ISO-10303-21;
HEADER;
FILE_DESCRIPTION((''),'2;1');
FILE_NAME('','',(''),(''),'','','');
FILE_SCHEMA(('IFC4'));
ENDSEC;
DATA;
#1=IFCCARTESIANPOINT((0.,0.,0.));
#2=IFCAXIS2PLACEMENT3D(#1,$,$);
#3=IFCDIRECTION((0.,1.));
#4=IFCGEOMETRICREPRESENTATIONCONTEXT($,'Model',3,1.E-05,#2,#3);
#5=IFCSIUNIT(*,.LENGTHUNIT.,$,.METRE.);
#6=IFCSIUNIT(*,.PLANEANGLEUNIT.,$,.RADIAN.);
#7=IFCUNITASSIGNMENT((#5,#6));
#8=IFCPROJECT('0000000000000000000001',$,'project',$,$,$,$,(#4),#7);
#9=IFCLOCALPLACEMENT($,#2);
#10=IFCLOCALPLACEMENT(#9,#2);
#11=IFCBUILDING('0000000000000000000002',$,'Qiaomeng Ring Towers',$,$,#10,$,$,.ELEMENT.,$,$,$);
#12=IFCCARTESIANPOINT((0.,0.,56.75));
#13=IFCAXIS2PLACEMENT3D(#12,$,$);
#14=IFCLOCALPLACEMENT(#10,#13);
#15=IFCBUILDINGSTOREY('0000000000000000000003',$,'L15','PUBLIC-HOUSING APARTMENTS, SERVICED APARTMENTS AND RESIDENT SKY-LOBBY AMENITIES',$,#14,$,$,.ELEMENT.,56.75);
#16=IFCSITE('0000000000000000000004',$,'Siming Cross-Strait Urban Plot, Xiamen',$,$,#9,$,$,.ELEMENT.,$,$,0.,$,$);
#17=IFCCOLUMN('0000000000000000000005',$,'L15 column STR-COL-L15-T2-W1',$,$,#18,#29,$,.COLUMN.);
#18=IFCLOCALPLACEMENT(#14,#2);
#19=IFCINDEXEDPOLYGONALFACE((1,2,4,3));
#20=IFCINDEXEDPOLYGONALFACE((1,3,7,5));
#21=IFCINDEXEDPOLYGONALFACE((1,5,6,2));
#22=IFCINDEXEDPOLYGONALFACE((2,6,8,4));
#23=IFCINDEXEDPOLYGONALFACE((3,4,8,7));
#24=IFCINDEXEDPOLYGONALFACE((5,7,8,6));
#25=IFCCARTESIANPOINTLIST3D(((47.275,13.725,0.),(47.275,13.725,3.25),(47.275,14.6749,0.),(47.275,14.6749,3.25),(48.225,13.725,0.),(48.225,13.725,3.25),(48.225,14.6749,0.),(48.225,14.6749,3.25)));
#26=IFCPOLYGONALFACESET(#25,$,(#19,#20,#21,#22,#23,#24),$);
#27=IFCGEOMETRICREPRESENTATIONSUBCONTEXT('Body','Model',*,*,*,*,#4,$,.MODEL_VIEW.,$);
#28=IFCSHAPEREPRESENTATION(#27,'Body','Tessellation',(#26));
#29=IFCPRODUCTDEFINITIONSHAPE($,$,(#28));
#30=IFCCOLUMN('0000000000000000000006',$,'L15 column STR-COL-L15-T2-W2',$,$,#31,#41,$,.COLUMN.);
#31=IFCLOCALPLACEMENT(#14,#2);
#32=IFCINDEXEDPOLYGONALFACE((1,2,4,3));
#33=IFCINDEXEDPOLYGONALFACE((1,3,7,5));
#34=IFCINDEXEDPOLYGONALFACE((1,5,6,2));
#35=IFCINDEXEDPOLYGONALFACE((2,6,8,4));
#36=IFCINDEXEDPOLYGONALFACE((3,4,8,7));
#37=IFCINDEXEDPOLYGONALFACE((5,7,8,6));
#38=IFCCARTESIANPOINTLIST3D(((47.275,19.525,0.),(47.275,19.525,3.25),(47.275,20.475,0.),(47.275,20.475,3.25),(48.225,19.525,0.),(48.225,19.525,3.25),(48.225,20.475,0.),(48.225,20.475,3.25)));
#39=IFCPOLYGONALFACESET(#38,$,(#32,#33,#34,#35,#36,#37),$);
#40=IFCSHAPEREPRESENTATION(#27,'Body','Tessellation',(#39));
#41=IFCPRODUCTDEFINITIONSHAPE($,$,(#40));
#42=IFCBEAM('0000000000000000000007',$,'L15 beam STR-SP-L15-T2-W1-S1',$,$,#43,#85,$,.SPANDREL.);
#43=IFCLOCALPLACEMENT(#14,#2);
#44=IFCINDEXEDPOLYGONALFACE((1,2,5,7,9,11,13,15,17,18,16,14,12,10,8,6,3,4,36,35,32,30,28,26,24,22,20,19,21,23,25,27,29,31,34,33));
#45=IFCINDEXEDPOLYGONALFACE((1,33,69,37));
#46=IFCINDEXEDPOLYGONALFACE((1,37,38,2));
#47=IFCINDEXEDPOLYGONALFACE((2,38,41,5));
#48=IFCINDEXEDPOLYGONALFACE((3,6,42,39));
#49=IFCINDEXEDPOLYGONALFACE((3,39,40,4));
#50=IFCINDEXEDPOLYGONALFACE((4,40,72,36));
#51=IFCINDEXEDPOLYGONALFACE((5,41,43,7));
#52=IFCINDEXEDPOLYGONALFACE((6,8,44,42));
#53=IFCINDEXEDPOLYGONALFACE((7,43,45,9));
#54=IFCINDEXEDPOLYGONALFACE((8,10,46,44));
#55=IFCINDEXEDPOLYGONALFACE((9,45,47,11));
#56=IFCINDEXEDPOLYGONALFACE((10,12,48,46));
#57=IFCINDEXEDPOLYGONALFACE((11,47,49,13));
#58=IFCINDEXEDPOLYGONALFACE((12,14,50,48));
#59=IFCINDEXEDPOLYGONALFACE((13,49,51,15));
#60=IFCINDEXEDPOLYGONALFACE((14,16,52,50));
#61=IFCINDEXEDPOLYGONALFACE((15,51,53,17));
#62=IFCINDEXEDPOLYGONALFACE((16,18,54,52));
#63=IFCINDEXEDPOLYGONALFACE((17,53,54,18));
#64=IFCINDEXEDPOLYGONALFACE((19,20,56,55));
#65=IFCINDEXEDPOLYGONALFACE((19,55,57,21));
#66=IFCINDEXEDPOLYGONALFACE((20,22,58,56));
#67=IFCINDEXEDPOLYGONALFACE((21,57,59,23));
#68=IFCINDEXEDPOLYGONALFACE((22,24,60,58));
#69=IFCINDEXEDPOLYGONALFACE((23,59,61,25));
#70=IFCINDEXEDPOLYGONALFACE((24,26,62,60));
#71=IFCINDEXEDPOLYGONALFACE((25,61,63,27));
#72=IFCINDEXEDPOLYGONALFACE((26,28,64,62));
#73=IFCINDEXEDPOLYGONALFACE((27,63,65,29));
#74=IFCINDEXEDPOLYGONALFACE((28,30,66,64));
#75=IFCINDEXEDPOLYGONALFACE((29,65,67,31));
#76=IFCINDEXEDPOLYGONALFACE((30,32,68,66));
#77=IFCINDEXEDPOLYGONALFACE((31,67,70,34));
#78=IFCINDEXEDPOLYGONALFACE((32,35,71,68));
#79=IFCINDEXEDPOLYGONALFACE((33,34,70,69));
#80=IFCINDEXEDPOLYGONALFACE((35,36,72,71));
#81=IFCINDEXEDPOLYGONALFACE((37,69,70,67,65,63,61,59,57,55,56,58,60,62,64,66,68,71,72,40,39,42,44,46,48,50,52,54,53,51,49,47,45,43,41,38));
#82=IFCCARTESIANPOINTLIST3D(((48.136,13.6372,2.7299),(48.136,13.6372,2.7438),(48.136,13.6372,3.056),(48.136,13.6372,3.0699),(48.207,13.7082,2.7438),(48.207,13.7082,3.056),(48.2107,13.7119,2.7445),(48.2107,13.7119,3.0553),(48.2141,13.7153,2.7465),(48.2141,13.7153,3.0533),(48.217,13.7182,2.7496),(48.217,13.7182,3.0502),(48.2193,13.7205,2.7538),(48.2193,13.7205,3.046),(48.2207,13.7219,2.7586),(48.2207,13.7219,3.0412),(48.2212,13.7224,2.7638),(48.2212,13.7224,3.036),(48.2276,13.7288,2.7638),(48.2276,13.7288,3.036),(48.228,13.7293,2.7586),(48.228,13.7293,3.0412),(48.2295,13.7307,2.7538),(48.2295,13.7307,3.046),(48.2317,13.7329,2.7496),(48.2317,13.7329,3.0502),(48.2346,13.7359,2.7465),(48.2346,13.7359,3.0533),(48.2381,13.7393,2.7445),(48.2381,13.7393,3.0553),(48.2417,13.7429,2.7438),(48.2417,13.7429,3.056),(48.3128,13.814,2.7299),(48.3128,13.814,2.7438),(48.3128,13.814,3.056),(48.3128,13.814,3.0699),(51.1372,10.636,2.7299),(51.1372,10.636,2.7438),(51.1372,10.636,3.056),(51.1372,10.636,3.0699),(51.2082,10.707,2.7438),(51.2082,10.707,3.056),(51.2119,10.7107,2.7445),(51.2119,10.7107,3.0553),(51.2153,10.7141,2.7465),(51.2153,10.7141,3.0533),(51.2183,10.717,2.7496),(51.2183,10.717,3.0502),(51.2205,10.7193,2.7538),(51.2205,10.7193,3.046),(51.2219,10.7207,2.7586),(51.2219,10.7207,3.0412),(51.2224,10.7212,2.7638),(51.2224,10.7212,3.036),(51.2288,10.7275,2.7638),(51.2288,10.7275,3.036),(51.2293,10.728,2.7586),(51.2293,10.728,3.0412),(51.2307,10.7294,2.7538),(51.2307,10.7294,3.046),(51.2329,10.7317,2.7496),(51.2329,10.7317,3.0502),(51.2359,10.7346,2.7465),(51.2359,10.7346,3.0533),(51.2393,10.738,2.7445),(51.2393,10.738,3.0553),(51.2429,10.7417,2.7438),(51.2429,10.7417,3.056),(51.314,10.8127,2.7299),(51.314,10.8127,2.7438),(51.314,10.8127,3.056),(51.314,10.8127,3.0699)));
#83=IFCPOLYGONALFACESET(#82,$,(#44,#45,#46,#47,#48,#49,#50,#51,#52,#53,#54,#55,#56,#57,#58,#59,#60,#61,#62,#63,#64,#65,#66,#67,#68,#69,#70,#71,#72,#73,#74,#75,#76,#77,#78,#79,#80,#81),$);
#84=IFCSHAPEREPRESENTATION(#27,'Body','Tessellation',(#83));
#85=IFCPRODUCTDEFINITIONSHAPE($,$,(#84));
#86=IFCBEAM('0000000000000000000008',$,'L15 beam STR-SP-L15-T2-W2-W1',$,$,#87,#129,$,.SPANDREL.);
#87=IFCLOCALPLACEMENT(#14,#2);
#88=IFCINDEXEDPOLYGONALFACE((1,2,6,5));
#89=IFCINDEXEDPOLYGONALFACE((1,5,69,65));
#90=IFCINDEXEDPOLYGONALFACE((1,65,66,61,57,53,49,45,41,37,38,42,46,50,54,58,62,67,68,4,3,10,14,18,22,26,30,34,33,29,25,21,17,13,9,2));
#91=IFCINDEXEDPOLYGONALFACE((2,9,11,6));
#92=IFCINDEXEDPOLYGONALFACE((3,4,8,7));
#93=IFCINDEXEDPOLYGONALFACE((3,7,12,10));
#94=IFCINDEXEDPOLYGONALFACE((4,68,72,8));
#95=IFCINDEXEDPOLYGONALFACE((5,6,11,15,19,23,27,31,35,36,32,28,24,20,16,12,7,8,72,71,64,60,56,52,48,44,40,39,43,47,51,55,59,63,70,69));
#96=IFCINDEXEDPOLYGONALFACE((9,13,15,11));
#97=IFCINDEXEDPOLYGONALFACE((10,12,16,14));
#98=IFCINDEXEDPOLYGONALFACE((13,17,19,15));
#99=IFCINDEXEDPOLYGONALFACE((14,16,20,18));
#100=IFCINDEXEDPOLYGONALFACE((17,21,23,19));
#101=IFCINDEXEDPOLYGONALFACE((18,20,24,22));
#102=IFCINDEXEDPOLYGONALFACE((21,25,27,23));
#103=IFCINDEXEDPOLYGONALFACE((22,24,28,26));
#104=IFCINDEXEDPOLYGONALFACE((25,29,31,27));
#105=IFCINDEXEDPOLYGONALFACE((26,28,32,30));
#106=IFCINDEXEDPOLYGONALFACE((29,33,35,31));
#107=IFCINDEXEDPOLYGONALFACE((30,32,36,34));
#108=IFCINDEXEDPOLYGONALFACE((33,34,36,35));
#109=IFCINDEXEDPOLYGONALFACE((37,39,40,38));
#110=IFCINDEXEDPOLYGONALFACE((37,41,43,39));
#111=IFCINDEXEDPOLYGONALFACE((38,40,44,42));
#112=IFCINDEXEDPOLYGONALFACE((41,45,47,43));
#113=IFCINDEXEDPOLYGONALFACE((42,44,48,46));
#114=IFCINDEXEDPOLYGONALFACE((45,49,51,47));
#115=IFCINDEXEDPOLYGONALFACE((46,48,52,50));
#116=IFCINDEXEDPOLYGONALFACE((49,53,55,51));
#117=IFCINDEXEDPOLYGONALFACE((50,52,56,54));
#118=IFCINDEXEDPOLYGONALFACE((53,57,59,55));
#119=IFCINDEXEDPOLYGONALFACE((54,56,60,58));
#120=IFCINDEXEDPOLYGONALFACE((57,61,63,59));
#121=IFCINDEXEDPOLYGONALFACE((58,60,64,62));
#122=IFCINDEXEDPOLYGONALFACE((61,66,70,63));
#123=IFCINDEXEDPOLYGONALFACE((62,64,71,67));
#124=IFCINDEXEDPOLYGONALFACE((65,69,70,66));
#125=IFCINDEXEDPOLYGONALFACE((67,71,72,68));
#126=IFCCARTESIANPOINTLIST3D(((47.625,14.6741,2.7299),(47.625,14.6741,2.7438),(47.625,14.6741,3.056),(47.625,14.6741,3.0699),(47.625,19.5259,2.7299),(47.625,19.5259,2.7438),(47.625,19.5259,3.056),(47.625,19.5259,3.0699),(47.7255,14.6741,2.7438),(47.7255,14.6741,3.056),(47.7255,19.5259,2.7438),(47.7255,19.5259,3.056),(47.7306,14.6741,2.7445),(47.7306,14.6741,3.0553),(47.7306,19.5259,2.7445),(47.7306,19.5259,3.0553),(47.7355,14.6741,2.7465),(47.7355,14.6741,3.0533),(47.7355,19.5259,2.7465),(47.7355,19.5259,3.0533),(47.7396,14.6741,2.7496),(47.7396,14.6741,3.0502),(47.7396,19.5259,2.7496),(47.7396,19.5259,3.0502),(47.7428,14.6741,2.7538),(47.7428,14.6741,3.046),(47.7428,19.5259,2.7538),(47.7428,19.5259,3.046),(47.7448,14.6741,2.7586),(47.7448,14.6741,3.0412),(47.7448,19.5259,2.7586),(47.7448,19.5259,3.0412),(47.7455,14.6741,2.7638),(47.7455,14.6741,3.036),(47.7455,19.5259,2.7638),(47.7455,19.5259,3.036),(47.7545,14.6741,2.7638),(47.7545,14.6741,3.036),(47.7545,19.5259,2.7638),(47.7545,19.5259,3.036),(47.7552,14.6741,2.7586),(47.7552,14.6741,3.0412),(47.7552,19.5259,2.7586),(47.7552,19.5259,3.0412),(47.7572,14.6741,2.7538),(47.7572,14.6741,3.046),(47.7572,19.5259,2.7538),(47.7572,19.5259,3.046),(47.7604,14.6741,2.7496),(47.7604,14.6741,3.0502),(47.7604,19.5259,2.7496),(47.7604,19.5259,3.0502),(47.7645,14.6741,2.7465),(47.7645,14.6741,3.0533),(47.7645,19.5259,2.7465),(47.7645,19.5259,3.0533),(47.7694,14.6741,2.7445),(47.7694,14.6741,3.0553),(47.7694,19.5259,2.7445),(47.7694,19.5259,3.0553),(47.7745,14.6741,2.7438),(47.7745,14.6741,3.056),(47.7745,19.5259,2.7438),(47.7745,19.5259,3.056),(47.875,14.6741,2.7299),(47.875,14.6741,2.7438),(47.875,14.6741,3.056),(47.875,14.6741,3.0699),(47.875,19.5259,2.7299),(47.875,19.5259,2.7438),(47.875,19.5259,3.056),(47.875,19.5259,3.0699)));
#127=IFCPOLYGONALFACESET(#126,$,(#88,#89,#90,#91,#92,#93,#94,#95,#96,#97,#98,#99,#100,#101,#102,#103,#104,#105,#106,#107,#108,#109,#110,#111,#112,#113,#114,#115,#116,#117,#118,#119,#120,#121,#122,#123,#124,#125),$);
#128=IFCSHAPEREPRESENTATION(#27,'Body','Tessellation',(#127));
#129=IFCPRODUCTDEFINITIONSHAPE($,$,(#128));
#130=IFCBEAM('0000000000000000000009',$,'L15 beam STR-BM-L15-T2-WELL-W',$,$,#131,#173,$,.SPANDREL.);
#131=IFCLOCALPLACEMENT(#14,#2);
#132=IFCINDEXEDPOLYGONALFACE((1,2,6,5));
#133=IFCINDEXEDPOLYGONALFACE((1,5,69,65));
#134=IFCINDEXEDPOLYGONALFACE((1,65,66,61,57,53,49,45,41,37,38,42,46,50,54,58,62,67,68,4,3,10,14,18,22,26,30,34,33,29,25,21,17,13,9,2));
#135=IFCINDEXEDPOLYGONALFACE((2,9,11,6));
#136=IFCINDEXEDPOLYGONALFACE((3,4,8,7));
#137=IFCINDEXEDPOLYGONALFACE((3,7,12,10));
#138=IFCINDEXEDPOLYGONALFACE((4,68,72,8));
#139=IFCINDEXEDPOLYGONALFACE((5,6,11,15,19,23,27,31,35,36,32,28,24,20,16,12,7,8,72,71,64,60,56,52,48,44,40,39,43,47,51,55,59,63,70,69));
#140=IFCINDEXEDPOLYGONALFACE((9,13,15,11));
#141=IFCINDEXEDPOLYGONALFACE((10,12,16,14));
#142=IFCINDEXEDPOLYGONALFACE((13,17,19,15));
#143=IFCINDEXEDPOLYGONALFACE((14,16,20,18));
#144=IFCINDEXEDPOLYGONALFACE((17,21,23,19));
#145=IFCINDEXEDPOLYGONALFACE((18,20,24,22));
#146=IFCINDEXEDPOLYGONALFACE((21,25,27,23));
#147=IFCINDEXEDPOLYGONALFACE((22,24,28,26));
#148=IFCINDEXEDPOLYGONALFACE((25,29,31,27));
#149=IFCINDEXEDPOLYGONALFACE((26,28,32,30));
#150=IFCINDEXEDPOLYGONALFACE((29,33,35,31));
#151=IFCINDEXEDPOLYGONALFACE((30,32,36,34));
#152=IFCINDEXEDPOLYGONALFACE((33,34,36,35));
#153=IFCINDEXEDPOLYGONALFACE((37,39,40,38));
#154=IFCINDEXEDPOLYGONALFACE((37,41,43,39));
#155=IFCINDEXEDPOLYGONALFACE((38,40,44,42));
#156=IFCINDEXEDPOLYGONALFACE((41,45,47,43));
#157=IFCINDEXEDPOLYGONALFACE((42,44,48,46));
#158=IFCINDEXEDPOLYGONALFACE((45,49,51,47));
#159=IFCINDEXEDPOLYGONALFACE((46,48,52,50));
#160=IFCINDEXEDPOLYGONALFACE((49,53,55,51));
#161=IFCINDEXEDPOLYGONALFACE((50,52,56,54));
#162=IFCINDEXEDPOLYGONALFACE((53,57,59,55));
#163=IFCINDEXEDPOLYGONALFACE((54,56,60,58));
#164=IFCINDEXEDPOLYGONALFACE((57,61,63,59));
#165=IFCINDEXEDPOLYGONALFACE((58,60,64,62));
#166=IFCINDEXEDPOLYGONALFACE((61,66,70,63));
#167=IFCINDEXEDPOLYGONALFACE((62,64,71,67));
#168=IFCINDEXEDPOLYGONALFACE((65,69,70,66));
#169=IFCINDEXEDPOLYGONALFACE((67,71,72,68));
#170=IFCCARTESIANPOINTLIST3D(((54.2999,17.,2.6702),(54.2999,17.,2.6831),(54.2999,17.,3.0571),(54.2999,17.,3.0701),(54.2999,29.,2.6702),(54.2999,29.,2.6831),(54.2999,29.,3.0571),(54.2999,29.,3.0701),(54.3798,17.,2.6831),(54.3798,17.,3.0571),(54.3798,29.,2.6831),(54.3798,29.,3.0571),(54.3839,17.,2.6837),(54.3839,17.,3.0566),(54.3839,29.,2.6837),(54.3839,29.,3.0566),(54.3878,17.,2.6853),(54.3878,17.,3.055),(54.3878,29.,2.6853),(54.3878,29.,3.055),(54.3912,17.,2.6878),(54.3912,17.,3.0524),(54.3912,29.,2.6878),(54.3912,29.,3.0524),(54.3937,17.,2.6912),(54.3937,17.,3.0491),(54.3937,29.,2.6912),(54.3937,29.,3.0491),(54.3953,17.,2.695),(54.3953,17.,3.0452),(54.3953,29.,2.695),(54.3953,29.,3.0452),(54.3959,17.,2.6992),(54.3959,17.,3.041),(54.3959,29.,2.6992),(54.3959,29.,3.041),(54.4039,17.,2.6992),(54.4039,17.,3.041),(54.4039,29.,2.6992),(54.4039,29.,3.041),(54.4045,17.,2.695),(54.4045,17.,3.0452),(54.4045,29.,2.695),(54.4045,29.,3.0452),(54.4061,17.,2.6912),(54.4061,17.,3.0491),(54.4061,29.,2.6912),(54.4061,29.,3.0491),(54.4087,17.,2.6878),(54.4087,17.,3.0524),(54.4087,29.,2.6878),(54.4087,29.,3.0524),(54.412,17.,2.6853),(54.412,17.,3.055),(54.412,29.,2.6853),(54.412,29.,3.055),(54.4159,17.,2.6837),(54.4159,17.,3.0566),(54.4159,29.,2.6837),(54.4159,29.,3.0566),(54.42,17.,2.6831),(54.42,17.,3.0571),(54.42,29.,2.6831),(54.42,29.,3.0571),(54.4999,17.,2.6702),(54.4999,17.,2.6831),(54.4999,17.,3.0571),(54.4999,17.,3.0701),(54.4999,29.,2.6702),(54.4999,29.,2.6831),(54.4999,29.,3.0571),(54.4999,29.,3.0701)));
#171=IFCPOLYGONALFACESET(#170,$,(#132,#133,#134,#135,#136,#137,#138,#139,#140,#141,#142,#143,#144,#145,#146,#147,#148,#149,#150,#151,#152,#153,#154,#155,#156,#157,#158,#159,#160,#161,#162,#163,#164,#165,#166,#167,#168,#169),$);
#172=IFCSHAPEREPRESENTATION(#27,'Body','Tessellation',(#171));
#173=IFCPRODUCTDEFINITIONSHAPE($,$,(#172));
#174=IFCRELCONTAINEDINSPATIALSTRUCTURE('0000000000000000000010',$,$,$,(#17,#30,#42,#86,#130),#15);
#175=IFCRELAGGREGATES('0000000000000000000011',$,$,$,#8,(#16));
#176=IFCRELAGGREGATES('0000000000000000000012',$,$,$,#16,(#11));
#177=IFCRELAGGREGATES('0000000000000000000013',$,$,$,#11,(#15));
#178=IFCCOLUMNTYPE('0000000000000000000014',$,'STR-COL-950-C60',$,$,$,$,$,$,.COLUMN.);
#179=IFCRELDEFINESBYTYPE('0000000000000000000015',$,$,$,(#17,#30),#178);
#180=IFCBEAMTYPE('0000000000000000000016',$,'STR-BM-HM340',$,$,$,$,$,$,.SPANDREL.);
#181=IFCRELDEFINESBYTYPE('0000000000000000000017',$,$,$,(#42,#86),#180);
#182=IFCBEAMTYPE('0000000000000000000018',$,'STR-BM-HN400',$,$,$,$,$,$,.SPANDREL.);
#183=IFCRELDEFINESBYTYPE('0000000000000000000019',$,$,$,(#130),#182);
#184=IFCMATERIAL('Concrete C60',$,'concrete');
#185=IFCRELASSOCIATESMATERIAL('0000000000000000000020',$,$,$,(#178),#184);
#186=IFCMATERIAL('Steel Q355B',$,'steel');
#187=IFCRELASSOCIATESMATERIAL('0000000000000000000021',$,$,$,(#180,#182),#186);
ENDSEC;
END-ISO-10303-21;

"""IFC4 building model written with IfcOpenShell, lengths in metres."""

from ifc_helpers import new_model, si_unit, direction, frame, origin, origin_2d, place, context, subcontext, project, spatial, rectangle, i_section, extrude, source, transform, mapped, material, material_profile, profile_set, type_object, element, save


model = new_model("IFC4")

# Units and contexts
model_context = context("Model", 3, precision=1e-05, world=origin(), true_north=direction((0.0, 1.0)))
body_context = subcontext(model_context, "Body", "Model", "MODEL_VIEW")
ifc_project = project(units=[si_unit("LENGTHUNIT", "METRE"), si_unit("PLANEANGLEUNIT", "RADIAN")], contexts=[model_context])

# Site, building, storey
site_placement = place(None, origin())
site = spatial("IfcSite", under=ifc_project, at=site_placement, Name="Siming Cross-Strait Urban Plot, Xiamen", CompositionType="ELEMENT", RefElevation=0.0)
building_placement = place(site_placement, origin())
building = spatial("IfcBuilding", under=site, at=building_placement, Name="Qiaomeng Ring Towers", CompositionType="ELEMENT")
storey_placement = place(building_placement, frame((0.0, 0.0, 56.75)))
storey = spatial("IfcBuildingStorey", under=building, at=storey_placement, Name="L15", Description="PUBLIC-HOUSING APARTMENTS, SERVICED APARTMENTS AND RESIDENT SKY-LOBBY AMENITIES", CompositionType="ELEMENT", Elevation=56.75)

# Columns
ifc_material_1 = material(Name="Concrete C60", Category="concrete")
ifc_material_profile_1 = material_profile(ifc_material_1, rectangle(XDim=0.95, YDim=0.95, at=origin_2d()), Name="RC COL 950x950")
ifc_profile_set_1 = profile_set([ifc_material_profile_1], Name="Concrete C60")
column_type = type_object("IfcColumnType", Name="STR-COL-950-C60", PredefinedType="COLUMN", material=ifc_profile_set_1)
shared_shape_1 = source(origin(), body_context, "Body", "SweptSolid", [
    extrude(rectangle(XDim=0.95, YDim=0.95, at=origin_2d()), origin(), (0.0, 0.0, 1.0), 3.25),
])
for number, where, z_axis, x_axis, name in (
    (1, (47.75, 14.2, 0.0), (0.0, 0.0, 1.0), (1.0, 0.0, 0.0), "L15 column STR-COL-L15-T2-W1"),
    (2, (47.75, 20.0, 0.0), (0.0, 0.0, 1.0), (1.0, 0.0, 0.0), "L15 column STR-COL-L15-T2-W2"),
):
    element("IfcColumn", number, at=place(storey_placement, frame(where, z_axis=z_axis, x_axis=x_axis)), inside=storey, type_object=column_type, Name=name, PredefinedType="COLUMN", context=body_context, shape_type="MappedRepresentation", body=[
        mapped(shared_shape_1, transform((0.0, 0.0, 0.0), x_axis=(1.0, 0.0, 0.0), y_axis=(0.0, 1.0, 0.0), z_axis=(0.0, 0.0, 1.0), scale=1.0)),
    ])

# Beams
ifc_material_2 = material(Name="Steel Q355B", Category="steel")
ifc_material_profile_2 = material_profile(ifc_material_2, i_section(OverallWidth=0.25, OverallDepth=0.3401, WebThickness=0.009, FlangeThickness=0.0139, FilletRadius=0.02, at=origin_2d()), Name="HM 340x250x9x14")
ifc_profile_set_2 = profile_set([ifc_material_profile_2], Name="Steel Q355B")
beam_type_1 = type_object("IfcBeamType", Name="STR-BM-HM340", PredefinedType="SPANDREL", material=ifc_profile_set_2)
shared_shape_2 = source(origin(), body_context, "Body", "SweptSolid", [
    extrude(i_section(OverallWidth=0.25, OverallDepth=0.3401, WebThickness=0.009, FlangeThickness=0.0139, FilletRadius=0.02, at=origin_2d()), origin(), (0.0, 0.0, 1.0), 4.2444),
])
beam_1_placement = place(storey_placement, frame((48.2244, 13.7256, 2.8999), z_axis=(0.707107, -0.707107, 0.0), x_axis=(0.707107, 0.707107, 0.0)))
element("IfcBeam", 3, at=beam_1_placement, inside=storey, type_object=beam_type_1, Name="L15 beam STR-SP-L15-T2-W1-S1", PredefinedType="SPANDREL", context=body_context, shape_type="MappedRepresentation", body=[
    mapped(shared_shape_2, transform((0.0, 0.0, 0.0), x_axis=(1.0, 0.0, 0.0), y_axis=(0.0, 1.0, 0.0), z_axis=(0.0, 0.0, 1.0), scale=1.0)),
])
shared_shape_3 = source(origin(), body_context, "Body", "SweptSolid", [
    extrude(i_section(OverallWidth=0.25, OverallDepth=0.3401, WebThickness=0.009, FlangeThickness=0.0139, FilletRadius=0.02, at=origin_2d()), origin(), (0.0, 0.0, 1.0), 4.8518),
])
beam_2_placement = place(storey_placement, frame((47.75, 19.5259, 2.8999), z_axis=(0.0, -1.0, 0.0), x_axis=(1.0, 0.0, 0.0)))
element("IfcBeam", 4, at=beam_2_placement, inside=storey, type_object=beam_type_1, Name="L15 beam STR-SP-L15-T2-W2-W1", PredefinedType="SPANDREL", context=body_context, shape_type="MappedRepresentation", body=[
    mapped(shared_shape_3, transform((0.0, 0.0, 0.0), x_axis=(1.0, 0.0, 0.0), y_axis=(0.0, 1.0, 0.0), z_axis=(0.0, 0.0, 1.0), scale=1.0)),
])
ifc_material_profile_3 = material_profile(ifc_material_2, i_section(OverallWidth=0.2, OverallDepth=0.3999, WebThickness=0.0081, FlangeThickness=0.0129, FilletRadius=0.0161, at=origin_2d()), Name="HN 400x200x8x13")
ifc_profile_set_3 = profile_set([ifc_material_profile_3], Name="Steel Q355B")
beam_type_2 = type_object("IfcBeamType", Name="STR-BM-HN400", PredefinedType="SPANDREL", material=ifc_profile_set_3)
shared_shape_4 = source(origin(), body_context, "Body", "SweptSolid", [
    extrude(i_section(OverallWidth=0.2, OverallDepth=0.3999, WebThickness=0.0081, FlangeThickness=0.0129, FilletRadius=0.0161, at=origin_2d()), origin(), (0.0, 0.0, 1.0), 12.0),
])
beam_3_placement = place(storey_placement, frame((54.3999, 17.0, 2.8701), z_axis=(0.0, 1.0, 0.0), x_axis=(-1.0, 0.0, 0.0)))
element("IfcBeam", 5, at=beam_3_placement, inside=storey, type_object=beam_type_2, Name="L15 beam STR-BM-L15-T2-WELL-W", PredefinedType="SPANDREL", context=body_context, shape_type="MappedRepresentation", body=[
    mapped(shared_shape_4, transform((0.0, 0.0, 0.0), x_axis=(1.0, 0.0, 0.0), y_axis=(0.0, 1.0, 0.0), z_axis=(0.0, 0.0, 1.0), scale=1.0)),
])

save(model, "model.ifc")
